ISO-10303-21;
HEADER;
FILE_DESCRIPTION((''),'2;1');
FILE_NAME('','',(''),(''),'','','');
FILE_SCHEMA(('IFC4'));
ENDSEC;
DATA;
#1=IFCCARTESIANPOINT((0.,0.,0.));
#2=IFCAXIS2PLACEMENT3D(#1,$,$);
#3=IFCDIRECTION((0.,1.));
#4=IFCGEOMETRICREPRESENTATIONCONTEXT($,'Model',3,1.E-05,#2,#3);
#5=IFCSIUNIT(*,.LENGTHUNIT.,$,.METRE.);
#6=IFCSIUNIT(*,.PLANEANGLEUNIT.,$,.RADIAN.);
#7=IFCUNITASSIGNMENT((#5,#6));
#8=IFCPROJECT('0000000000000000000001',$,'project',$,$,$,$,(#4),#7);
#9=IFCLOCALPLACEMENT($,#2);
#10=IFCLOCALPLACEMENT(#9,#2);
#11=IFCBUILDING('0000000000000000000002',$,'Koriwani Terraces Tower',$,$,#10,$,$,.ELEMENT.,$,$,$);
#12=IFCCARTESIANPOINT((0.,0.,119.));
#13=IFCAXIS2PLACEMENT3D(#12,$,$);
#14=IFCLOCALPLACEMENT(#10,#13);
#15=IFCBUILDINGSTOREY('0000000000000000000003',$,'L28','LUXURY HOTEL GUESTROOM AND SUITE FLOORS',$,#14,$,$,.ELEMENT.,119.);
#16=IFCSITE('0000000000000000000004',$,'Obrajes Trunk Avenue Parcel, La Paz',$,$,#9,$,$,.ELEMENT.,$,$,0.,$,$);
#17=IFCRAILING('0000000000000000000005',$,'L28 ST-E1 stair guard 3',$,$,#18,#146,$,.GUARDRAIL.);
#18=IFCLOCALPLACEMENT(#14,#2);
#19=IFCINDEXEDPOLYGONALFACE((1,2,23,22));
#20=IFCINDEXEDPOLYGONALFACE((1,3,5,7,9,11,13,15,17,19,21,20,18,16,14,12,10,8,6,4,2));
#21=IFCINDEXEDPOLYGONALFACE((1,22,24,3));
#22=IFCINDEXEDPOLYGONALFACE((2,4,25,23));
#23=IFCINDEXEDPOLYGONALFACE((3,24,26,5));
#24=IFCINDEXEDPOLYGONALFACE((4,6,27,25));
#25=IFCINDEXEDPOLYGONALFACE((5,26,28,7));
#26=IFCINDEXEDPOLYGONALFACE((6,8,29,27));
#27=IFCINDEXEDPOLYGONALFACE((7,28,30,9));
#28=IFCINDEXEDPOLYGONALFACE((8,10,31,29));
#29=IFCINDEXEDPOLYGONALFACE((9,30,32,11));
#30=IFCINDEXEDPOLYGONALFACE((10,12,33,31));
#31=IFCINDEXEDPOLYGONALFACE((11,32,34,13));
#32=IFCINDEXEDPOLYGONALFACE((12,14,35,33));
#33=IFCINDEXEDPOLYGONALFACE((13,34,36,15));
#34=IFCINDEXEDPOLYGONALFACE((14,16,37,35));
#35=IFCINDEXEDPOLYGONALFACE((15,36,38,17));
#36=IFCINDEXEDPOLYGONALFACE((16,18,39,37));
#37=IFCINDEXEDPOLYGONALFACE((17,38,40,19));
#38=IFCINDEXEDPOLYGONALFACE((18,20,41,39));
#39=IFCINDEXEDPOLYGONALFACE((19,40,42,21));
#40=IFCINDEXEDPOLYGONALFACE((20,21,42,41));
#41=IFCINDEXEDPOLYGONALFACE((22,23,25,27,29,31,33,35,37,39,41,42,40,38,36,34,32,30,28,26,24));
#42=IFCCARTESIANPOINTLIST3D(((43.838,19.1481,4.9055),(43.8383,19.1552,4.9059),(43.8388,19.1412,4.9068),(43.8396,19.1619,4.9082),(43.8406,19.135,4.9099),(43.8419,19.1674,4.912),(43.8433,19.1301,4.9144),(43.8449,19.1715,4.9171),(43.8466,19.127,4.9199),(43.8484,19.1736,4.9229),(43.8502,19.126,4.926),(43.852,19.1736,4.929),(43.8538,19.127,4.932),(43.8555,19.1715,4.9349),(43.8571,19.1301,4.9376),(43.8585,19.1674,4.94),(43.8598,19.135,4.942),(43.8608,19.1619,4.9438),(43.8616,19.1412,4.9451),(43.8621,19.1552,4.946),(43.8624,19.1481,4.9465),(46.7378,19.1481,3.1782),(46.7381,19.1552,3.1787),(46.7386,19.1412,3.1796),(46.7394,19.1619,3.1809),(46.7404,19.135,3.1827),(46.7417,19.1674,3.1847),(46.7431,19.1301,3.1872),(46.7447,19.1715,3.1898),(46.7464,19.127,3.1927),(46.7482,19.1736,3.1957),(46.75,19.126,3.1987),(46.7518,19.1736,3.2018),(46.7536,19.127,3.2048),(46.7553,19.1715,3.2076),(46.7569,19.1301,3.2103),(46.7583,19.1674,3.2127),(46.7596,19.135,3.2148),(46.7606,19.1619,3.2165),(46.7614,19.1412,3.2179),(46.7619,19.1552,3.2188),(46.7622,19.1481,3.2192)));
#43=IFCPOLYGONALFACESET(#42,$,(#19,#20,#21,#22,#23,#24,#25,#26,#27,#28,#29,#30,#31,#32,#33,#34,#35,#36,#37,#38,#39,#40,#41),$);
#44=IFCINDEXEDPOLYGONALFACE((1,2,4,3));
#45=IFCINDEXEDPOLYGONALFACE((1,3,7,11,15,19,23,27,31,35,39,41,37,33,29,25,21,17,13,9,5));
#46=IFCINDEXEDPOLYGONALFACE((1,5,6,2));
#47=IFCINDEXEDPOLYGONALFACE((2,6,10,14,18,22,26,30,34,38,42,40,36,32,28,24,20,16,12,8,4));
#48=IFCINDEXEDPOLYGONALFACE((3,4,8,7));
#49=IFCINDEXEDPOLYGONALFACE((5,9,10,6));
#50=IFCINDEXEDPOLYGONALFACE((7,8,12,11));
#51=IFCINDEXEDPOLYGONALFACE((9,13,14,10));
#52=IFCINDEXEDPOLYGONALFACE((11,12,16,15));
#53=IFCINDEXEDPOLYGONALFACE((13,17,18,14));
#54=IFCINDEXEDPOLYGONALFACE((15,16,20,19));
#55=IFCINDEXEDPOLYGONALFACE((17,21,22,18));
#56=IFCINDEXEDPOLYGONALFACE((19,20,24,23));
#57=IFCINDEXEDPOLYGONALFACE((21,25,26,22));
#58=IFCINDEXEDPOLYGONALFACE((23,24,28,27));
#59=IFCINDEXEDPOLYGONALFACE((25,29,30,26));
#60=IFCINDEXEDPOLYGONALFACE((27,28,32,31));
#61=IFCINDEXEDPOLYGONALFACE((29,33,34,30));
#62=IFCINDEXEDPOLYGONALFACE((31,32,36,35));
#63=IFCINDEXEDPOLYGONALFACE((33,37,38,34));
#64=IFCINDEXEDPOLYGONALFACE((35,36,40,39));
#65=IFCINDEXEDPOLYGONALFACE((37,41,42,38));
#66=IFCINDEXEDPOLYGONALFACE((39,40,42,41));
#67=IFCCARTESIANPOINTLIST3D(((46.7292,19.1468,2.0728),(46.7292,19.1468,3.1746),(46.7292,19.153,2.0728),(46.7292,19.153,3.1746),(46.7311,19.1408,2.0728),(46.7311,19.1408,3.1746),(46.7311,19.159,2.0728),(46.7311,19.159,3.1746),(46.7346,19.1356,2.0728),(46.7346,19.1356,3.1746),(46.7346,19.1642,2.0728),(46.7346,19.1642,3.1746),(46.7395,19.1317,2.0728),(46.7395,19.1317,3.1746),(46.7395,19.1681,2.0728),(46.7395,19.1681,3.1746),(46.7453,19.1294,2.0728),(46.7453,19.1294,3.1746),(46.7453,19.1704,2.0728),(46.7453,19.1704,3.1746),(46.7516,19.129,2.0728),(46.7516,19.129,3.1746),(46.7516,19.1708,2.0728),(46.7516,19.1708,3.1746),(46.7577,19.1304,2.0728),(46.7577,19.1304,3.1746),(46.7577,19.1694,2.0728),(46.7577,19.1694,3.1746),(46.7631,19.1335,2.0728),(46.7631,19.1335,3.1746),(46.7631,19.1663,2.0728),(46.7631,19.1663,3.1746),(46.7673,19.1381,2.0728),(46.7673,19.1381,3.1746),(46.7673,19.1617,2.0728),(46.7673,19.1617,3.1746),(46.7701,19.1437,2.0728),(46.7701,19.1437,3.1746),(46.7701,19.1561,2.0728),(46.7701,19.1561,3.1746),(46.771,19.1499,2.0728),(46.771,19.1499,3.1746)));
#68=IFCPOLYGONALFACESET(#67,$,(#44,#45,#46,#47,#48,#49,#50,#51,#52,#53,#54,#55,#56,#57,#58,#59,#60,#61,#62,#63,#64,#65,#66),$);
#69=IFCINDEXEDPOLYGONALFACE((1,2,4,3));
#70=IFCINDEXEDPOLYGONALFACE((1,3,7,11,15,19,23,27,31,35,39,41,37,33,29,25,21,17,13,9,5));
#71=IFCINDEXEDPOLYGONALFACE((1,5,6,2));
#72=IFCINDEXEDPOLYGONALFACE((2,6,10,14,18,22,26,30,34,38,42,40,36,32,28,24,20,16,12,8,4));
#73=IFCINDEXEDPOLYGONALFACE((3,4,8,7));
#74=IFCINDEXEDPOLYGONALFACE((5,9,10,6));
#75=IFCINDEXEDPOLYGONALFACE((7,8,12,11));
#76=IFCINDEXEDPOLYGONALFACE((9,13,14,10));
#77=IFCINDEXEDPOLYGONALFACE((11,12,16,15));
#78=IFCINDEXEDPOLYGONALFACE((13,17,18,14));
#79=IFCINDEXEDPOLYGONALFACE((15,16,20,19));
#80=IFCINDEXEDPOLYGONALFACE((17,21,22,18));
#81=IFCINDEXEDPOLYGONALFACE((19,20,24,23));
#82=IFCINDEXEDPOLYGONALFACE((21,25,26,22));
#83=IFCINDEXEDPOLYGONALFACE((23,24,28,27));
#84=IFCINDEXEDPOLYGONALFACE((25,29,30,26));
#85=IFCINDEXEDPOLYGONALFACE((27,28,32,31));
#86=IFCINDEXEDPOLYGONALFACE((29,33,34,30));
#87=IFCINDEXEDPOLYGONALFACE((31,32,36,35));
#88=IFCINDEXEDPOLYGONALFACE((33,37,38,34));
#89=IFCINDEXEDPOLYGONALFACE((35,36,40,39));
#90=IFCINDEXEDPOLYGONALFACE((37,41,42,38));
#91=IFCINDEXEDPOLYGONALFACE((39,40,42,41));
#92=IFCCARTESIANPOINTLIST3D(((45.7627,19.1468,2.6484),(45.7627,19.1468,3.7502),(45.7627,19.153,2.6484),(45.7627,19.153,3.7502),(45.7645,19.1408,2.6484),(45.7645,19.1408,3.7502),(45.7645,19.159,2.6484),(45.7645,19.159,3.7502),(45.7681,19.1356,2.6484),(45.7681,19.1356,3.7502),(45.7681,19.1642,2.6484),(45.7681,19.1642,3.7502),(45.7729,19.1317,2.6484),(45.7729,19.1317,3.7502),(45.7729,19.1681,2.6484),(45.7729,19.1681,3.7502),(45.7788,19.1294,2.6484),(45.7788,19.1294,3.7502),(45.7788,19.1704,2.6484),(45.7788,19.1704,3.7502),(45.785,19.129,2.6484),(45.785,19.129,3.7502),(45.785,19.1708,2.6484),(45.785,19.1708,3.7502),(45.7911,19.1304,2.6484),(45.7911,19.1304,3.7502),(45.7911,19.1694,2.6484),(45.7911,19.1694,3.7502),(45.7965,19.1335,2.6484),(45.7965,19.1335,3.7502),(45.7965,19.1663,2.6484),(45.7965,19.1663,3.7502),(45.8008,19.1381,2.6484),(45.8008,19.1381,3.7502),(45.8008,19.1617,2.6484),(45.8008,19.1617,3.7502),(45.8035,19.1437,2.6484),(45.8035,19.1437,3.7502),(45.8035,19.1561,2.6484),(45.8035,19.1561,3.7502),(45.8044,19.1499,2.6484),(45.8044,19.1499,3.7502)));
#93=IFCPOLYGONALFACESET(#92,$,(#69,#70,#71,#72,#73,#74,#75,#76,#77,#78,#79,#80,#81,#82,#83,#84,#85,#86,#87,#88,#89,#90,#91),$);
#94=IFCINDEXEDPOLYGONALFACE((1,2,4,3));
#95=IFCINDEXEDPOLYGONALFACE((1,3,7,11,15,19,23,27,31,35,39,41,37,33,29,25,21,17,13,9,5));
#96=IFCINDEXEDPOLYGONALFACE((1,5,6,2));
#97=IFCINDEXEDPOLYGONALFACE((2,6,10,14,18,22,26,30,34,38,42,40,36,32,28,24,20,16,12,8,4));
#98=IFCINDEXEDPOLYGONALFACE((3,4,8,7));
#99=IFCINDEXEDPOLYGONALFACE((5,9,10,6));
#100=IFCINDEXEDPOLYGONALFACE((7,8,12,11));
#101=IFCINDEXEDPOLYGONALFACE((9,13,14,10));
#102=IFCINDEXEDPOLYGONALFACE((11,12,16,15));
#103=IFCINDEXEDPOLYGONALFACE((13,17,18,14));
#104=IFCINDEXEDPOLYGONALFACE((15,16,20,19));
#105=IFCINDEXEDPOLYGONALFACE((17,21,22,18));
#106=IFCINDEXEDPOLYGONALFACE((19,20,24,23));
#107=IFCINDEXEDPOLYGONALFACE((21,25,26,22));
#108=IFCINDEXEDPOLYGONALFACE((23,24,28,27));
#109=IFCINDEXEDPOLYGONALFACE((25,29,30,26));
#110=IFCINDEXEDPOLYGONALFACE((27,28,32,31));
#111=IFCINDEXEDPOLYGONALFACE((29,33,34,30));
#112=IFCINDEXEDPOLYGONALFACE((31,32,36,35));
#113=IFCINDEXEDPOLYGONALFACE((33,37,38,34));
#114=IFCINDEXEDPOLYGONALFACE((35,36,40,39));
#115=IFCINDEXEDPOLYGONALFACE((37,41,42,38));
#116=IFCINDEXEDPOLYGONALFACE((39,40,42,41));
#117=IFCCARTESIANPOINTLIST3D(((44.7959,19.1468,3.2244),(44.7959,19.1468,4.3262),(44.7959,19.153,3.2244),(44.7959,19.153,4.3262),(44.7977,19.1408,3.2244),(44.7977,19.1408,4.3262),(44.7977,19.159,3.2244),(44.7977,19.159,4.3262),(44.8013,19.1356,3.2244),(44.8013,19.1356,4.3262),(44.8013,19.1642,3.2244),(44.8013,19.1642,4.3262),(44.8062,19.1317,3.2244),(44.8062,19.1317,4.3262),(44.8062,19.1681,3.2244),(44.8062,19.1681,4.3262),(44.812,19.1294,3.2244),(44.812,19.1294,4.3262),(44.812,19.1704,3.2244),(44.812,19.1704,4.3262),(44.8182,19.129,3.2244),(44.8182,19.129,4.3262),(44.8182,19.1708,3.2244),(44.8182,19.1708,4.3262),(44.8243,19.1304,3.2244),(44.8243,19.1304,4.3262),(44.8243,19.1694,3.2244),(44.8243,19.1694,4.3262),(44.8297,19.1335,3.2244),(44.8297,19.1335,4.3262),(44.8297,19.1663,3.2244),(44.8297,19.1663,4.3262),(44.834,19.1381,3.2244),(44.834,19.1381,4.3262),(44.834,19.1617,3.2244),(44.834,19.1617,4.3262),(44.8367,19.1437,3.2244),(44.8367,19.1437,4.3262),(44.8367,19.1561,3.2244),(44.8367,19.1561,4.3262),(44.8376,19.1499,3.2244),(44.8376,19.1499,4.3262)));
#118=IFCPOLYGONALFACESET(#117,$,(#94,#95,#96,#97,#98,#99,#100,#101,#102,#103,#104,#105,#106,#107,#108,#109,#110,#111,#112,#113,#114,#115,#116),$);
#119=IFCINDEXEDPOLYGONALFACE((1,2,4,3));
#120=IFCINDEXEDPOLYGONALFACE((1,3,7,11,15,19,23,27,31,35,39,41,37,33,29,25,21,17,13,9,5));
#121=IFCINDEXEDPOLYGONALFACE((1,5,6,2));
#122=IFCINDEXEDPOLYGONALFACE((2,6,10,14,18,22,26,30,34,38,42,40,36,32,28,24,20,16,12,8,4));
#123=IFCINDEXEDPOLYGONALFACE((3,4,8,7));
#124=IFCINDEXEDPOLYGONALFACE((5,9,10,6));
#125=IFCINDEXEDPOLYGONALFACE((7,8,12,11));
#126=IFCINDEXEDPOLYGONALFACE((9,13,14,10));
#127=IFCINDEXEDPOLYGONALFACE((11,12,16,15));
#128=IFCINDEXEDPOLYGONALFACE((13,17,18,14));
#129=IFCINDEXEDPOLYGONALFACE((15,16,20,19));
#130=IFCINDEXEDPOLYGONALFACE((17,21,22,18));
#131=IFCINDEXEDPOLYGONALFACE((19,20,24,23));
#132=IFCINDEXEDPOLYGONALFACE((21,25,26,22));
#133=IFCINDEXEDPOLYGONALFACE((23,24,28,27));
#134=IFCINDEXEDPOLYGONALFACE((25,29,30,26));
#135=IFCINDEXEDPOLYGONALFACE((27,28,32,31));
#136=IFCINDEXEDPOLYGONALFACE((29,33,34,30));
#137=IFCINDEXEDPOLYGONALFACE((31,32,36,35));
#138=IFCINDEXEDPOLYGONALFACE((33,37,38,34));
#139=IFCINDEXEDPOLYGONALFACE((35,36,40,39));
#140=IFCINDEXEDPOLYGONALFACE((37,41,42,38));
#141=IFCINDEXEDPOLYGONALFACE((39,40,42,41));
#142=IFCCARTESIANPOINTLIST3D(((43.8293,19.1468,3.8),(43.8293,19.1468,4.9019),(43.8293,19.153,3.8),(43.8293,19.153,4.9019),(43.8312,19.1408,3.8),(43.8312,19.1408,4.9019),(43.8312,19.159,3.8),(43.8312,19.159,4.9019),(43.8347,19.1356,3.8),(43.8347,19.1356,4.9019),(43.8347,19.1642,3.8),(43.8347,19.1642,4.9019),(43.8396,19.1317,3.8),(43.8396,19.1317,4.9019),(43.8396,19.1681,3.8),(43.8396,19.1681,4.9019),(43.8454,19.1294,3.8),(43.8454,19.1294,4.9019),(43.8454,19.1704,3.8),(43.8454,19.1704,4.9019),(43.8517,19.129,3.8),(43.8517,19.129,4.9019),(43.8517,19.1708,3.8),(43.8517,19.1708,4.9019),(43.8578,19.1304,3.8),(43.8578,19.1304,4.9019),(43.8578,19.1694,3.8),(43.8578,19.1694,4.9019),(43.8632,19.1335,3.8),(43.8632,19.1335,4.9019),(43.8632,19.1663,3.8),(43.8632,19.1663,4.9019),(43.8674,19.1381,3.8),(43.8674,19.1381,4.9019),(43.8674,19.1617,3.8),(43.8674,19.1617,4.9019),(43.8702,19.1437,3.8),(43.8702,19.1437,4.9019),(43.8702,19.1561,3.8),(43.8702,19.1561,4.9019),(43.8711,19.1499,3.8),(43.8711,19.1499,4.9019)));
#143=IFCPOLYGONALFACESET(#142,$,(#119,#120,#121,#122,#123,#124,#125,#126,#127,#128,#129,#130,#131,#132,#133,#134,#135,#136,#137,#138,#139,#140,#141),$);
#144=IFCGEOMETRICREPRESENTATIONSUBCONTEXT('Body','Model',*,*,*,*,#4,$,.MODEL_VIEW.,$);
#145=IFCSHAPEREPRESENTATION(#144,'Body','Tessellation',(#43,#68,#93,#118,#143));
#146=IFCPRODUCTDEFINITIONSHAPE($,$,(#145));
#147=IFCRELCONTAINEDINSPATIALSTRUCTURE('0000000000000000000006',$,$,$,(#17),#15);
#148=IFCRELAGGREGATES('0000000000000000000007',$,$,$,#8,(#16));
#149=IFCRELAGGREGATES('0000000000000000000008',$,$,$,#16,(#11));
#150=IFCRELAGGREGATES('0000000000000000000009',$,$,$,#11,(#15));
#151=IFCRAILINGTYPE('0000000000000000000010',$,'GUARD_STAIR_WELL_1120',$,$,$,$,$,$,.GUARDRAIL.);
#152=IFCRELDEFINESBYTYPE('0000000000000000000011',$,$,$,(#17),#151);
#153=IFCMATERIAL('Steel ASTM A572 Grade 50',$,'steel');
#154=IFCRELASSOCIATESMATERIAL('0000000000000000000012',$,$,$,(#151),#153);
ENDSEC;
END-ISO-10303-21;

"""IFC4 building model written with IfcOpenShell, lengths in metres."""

from ifc_helpers import new_model, si_unit, direction, frame, origin, origin_2d, place, context, subcontext, project, spatial, circle, extrude, material, type_object, element, save


model = new_model("IFC4")

# Units and contexts
model_context = context("Model", 3, precision=1e-05, world=origin(), true_north=direction((0.0, 1.0)))
body_context = subcontext(model_context, "Body", "Model", "MODEL_VIEW")
ifc_project = project(units=[si_unit("LENGTHUNIT", "METRE"), si_unit("PLANEANGLEUNIT", "RADIAN")], contexts=[model_context])

# Site, building, storey
site_placement = place(None, origin())
site = spatial("IfcSite", under=ifc_project, at=site_placement, Name="Obrajes Trunk Avenue Parcel, La Paz", CompositionType="ELEMENT", RefElevation=0.0)
building_placement = place(site_placement, origin())
building = spatial("IfcBuilding", under=site, at=building_placement, Name="Koriwani Terraces Tower", CompositionType="ELEMENT")
storey_placement = place(building_placement, frame((0.0, 0.0, 119.0)))
storey = spatial("IfcBuildingStorey", under=building, at=storey_placement, Name="L28", Description="LUXURY HOTEL GUESTROOM AND SUITE FLOORS", CompositionType="ELEMENT", Elevation=119.0)

# Shared definitions
ifc_material_1 = material(Name="Steel ASTM A572 Grade 50", Category="steel")

# Railing
railing_type_1 = type_object("IfcRailingType", Name="GUARD_STAIR_WELL_1120", PredefinedType="GUARDRAIL", material=ifc_material_1)
railing_1_placement = place(storey_placement, frame((46.75, 19.1499, 2.0728)))
element("IfcRailing", 1, at=railing_1_placement, inside=storey, type_object=railing_type_1, Name="L28 ST-E1 stair guard 3", PredefinedType="GUARDRAIL", context=body_context, shape_type="SweptSolid", body=[
    extrude(circle(Radius=0.0239, at=origin_2d()), frame((0.0, 0.0, 1.126), z_axis=(-0.859141, 0.0, 0.511738), x_axis=(0.0, -1.0, 0.0)), (0.0, 0.0, 1.0), 3.3752),
    extrude(circle(Radius=0.021, at=origin_2d()), origin(), (0.0, 0.0, 1.0), 1.1018),
    extrude(circle(Radius=0.021, at=origin_2d()), frame((-0.9666, 0.0, 0.5757)), (0.0, 0.0, 1.0), 1.1018),
    extrude(circle(Radius=0.021, at=origin_2d()), frame((-1.9333, 0.0, 1.1516)), (0.0, 0.0, 1.0), 1.1018),
    extrude(circle(Radius=0.021, at=origin_2d()), frame((-2.8999, 0.0, 1.7273)), (0.0, 0.0, 1.0), 1.1018),
])

save(model, "model.ifc")
